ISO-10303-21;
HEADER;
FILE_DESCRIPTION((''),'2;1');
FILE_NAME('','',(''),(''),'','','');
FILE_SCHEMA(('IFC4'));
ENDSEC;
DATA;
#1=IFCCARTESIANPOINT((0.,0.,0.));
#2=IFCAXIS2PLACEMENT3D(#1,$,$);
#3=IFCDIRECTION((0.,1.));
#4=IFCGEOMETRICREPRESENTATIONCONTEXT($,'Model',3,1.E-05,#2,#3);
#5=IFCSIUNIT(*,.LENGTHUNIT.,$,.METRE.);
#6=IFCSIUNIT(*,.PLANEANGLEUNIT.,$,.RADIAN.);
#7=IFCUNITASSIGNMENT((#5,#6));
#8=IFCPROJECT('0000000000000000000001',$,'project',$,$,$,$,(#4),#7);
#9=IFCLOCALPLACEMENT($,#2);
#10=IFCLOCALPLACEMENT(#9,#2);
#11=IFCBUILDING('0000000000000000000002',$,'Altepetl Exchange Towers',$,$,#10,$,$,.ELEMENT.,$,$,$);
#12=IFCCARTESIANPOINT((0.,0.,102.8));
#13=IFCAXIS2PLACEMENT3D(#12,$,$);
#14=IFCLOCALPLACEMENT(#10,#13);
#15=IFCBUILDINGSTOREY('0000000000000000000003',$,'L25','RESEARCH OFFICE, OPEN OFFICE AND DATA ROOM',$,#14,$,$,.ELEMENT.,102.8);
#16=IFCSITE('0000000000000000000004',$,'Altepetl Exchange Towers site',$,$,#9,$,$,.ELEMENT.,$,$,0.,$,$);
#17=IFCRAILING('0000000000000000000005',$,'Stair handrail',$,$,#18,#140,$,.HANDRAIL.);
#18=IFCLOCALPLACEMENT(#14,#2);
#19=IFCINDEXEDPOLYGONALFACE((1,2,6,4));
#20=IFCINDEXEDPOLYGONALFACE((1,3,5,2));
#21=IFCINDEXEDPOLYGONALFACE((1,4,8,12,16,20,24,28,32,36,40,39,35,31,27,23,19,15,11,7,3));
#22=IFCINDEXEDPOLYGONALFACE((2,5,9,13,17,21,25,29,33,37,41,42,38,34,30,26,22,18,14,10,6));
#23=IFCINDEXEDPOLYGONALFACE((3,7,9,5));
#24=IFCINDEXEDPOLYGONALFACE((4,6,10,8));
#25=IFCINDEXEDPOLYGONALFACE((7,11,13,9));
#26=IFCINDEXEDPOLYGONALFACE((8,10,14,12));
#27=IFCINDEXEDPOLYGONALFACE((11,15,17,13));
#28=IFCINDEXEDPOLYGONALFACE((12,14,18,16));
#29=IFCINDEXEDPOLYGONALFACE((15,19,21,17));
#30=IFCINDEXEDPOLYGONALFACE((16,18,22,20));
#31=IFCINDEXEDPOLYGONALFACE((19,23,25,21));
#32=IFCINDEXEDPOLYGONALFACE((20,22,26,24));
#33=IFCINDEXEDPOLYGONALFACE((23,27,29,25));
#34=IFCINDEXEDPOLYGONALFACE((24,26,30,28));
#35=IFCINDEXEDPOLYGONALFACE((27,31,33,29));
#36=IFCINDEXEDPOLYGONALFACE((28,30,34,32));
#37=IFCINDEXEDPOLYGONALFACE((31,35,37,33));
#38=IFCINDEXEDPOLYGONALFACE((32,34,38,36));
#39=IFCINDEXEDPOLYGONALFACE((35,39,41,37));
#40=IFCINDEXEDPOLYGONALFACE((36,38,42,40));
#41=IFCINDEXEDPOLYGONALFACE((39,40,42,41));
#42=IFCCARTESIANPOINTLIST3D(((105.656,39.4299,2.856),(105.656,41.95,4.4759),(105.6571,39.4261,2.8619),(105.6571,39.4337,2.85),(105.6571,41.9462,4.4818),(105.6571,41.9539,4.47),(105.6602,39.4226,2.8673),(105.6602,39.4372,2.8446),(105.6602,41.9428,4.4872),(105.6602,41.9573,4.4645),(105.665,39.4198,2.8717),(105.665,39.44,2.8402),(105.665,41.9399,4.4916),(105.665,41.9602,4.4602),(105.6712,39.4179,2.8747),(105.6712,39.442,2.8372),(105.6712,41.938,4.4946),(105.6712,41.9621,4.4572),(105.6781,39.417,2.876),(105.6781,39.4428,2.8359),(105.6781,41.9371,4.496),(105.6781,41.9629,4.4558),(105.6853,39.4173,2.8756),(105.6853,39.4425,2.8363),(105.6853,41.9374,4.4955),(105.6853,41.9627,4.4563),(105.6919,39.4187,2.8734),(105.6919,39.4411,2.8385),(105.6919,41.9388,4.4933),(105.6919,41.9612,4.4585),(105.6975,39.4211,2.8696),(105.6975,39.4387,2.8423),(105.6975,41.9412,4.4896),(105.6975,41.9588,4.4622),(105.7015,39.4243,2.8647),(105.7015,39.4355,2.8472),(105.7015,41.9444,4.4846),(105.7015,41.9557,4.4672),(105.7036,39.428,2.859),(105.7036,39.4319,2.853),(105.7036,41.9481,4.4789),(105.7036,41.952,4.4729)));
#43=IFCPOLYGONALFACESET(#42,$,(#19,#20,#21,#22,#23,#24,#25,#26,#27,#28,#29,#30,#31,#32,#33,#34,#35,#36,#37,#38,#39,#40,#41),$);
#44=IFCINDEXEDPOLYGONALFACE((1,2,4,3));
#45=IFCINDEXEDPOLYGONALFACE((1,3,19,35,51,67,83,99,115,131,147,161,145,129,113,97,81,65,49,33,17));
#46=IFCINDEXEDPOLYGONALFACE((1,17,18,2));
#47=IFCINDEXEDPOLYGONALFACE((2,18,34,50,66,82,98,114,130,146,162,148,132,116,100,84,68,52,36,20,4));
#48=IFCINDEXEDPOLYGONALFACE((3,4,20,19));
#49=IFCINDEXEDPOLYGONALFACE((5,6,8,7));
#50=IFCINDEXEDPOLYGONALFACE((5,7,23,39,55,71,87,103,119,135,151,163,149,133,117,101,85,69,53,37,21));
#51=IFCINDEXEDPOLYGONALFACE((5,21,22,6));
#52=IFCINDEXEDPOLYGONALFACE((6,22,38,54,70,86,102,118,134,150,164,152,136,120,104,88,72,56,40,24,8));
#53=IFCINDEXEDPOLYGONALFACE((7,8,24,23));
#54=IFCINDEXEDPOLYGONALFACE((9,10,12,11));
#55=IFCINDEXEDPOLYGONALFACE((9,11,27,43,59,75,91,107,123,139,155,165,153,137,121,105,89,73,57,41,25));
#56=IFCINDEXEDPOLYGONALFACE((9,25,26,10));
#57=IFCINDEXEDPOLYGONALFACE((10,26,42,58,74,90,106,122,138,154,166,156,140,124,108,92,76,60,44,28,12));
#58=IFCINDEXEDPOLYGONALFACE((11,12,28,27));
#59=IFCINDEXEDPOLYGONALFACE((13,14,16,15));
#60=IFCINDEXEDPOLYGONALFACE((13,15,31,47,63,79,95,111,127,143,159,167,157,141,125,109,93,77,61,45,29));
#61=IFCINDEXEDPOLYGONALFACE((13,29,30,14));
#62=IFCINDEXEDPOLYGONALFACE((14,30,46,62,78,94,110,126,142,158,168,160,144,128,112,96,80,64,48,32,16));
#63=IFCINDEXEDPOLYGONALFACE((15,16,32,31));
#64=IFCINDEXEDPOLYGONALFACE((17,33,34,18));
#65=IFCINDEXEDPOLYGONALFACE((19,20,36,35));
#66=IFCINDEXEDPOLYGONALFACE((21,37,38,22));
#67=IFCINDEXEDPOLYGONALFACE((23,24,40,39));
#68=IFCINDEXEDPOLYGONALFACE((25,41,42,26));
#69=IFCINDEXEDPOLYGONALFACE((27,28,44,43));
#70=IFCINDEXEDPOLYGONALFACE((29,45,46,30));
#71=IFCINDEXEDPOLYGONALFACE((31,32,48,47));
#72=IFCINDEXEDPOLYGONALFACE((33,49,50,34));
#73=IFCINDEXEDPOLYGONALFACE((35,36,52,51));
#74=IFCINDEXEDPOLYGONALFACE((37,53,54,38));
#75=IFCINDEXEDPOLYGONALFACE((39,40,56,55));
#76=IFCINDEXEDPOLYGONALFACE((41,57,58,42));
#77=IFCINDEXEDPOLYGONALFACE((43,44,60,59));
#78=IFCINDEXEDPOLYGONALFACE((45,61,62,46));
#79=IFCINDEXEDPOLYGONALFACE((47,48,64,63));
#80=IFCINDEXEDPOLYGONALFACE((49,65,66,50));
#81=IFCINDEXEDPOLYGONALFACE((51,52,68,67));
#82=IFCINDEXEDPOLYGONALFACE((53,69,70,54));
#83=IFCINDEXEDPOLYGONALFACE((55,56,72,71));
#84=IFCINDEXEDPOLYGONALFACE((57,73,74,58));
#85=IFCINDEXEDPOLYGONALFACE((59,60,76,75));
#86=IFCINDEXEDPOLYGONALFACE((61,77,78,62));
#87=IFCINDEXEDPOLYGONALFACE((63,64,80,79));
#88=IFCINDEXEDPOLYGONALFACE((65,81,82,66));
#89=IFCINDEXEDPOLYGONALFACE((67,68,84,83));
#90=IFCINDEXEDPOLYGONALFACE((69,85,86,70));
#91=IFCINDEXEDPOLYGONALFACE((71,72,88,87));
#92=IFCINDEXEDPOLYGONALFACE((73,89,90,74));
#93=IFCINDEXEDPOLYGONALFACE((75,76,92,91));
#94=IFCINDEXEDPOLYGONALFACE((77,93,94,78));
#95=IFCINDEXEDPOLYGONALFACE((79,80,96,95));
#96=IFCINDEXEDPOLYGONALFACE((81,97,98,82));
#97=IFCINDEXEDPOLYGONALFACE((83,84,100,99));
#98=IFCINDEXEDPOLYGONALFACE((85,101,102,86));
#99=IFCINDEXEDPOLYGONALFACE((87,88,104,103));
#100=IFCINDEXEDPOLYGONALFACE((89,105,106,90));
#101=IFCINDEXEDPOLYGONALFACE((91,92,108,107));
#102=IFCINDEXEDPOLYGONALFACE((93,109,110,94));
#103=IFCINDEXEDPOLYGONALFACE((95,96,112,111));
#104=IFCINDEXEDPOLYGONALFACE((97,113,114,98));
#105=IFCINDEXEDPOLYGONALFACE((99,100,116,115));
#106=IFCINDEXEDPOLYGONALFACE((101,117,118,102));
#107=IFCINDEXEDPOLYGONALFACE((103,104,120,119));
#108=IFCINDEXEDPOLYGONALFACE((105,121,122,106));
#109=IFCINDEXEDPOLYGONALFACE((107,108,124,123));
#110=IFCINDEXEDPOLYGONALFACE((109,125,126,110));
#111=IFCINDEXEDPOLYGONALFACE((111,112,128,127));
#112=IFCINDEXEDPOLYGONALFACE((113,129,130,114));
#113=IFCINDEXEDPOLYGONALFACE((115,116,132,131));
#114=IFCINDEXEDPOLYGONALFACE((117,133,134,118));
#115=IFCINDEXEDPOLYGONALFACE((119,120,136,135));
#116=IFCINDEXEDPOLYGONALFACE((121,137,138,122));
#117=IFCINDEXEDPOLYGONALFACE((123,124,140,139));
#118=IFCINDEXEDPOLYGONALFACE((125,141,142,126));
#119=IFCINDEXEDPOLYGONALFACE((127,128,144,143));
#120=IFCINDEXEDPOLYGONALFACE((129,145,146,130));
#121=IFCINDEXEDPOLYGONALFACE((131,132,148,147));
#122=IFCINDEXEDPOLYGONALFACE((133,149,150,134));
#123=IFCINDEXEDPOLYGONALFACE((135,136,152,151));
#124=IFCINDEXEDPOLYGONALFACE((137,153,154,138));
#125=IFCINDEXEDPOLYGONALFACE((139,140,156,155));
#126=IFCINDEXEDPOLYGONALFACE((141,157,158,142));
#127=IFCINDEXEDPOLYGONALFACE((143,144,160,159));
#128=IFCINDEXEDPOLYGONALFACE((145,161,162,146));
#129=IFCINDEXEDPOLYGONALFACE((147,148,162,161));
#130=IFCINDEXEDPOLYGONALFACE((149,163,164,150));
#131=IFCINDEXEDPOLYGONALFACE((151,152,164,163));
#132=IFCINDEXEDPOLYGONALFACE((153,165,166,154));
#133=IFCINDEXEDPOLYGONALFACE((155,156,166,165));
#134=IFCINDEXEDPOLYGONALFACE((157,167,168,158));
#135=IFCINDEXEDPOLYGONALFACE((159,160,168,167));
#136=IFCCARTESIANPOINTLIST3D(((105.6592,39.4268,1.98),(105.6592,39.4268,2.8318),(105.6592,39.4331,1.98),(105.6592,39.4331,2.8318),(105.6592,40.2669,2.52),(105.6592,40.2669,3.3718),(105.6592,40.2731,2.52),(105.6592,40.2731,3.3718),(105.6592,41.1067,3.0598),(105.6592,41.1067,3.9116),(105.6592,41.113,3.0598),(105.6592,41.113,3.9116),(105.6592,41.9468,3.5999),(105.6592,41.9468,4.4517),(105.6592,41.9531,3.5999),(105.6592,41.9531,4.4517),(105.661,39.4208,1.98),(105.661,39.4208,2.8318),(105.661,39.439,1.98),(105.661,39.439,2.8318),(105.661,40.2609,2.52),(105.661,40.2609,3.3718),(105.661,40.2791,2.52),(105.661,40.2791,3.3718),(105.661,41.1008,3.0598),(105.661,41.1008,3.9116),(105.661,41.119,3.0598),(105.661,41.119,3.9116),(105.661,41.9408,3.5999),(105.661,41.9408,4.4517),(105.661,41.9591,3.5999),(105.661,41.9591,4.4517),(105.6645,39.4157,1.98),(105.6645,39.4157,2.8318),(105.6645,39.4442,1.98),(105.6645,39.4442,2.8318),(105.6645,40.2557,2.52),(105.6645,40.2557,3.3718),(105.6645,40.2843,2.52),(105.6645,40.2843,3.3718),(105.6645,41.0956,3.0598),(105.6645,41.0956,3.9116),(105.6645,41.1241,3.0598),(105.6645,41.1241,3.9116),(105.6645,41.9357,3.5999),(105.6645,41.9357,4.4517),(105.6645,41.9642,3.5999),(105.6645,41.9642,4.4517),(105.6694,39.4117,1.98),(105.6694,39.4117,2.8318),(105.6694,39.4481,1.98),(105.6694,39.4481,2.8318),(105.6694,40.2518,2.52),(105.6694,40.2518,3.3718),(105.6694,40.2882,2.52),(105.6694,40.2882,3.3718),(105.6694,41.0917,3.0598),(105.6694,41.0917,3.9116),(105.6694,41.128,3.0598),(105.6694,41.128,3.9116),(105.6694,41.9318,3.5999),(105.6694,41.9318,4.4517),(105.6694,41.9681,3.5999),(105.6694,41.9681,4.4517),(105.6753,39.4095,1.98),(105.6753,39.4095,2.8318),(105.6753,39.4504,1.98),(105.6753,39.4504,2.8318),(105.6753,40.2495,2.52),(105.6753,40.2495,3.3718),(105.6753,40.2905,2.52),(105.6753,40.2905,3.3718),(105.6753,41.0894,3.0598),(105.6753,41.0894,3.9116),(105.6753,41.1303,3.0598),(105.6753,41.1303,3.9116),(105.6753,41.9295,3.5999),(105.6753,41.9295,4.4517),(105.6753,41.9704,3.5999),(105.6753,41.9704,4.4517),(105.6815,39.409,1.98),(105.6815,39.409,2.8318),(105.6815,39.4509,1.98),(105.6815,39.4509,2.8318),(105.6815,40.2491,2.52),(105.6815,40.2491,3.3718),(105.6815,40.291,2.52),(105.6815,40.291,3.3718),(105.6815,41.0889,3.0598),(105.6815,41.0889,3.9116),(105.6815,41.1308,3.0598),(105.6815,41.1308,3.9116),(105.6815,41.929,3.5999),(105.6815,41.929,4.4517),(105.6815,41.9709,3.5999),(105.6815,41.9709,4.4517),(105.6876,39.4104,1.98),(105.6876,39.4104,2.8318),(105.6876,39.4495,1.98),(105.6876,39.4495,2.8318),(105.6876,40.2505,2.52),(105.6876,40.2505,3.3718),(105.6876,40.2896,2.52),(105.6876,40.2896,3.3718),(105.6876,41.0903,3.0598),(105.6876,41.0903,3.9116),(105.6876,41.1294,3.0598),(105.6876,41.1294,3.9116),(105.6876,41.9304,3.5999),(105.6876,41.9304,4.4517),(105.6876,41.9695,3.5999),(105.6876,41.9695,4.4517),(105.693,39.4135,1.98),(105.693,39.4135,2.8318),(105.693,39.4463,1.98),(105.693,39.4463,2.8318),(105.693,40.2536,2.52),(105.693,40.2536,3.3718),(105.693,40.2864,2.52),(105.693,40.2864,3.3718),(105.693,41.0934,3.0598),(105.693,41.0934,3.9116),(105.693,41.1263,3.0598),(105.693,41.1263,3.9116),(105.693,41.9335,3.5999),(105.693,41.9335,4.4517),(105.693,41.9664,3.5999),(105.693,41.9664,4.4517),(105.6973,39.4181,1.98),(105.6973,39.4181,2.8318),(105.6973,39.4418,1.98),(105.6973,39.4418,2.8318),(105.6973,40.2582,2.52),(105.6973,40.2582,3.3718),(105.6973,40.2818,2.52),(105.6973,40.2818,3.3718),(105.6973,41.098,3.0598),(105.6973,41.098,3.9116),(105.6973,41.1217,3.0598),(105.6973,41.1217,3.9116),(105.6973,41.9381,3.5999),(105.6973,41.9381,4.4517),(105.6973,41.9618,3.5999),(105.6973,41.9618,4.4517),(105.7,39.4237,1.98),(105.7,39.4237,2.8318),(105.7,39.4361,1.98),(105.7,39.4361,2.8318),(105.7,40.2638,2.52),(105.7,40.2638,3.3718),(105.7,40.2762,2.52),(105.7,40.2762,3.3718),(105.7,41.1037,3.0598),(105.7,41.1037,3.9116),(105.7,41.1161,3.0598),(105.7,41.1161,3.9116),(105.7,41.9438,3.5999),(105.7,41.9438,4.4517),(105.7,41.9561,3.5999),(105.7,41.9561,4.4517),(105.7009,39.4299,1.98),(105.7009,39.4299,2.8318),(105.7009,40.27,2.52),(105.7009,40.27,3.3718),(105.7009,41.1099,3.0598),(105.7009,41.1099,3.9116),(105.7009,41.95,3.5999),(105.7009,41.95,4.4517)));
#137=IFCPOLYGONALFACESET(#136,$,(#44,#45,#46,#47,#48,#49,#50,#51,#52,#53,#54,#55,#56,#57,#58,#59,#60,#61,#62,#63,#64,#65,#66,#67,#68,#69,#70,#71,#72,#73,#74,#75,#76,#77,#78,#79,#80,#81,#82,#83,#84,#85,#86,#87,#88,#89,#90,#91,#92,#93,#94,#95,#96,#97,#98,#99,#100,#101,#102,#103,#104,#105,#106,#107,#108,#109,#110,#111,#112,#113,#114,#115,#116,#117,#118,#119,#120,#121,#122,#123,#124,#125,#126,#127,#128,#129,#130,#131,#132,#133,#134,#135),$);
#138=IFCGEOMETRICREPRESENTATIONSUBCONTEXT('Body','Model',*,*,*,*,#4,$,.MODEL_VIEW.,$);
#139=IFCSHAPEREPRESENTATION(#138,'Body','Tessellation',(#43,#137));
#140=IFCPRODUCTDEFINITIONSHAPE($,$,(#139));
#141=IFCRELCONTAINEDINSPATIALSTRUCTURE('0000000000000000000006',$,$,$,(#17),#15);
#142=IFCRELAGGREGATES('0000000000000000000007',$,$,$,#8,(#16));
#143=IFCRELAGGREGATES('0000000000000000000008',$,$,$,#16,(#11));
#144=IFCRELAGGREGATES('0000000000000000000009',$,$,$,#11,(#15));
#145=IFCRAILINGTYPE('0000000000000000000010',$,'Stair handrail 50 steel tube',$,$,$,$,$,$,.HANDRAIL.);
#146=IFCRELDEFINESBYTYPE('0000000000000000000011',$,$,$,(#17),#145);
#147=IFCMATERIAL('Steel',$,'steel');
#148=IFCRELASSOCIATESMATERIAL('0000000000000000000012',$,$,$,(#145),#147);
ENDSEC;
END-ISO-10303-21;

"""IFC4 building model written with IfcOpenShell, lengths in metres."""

from ifc_helpers import new_model, si_unit, direction, frame, origin, origin_2d, place, context, subcontext, project, spatial, circle, extrude, source, transform, mapped, material, type_object, element, save


model = new_model("IFC4")

# Units and contexts
model_context = context("Model", 3, precision=1e-05, world=origin(), true_north=direction((0.0, 1.0)))
body_context = subcontext(model_context, "Body", "Model", "MODEL_VIEW")
ifc_project = project(units=[si_unit("LENGTHUNIT", "METRE"), si_unit("PLANEANGLEUNIT", "RADIAN")], contexts=[model_context])

# Site, building, storey
site_placement = place(None, origin())
site = spatial("IfcSite", under=ifc_project, at=site_placement, Name="Altepetl Exchange Towers site", CompositionType="ELEMENT", RefElevation=0.0)
building_placement = place(site_placement, origin())
building = spatial("IfcBuilding", under=site, at=building_placement, Name="Altepetl Exchange Towers", CompositionType="ELEMENT")
storey_placement = place(building_placement, frame((0.0, 0.0, 102.8)))
storey = spatial("IfcBuildingStorey", under=building, at=storey_placement, Name="L25", Description="RESEARCH OFFICE, OPEN OFFICE AND DATA ROOM", CompositionType="ELEMENT", Elevation=102.8)

# Railing
ifc_material_1 = material(Name="Steel", Category="steel")
railing_type = type_object("IfcRailingType", Name="Stair handrail 50 steel tube", PredefinedType="HANDRAIL", material=ifc_material_1)
shared_shape = source(origin(), body_context, "Body", "SweptSolid", [
    extrude(circle(Radius=0.021, at=origin_2d()), origin(), (0.0, 0.0, 1.0), 0.8518),
])
railing_1_placement = place(storey_placement, frame((105.6799, 39.4299, 1.98)))
element("IfcRailing", 1, at=railing_1_placement, inside=storey, type_object=railing_type, Name="Stair handrail", PredefinedType="HANDRAIL", context=body_context, shape_type="SweptSolid", body=[
    extrude(circle(Radius=0.0239, at=origin_2d()), frame((0.0, 0.0, 0.876), z_axis=(0.0, 0.8412, 0.540725), x_axis=(-1.0, 0.0, 0.0)), (0.0, 0.0, 1.0), 2.9958),
    mapped(shared_shape, transform((0.0, 0.0, 0.0))),
    mapped(shared_shape, transform((0.0, 0.8401, 0.54))),
    mapped(shared_shape, transform((0.0, 1.6799, 1.0798))),
    mapped(shared_shape, transform((0.0, 2.52, 1.6199))),
])

save(model, "model.ifc")
